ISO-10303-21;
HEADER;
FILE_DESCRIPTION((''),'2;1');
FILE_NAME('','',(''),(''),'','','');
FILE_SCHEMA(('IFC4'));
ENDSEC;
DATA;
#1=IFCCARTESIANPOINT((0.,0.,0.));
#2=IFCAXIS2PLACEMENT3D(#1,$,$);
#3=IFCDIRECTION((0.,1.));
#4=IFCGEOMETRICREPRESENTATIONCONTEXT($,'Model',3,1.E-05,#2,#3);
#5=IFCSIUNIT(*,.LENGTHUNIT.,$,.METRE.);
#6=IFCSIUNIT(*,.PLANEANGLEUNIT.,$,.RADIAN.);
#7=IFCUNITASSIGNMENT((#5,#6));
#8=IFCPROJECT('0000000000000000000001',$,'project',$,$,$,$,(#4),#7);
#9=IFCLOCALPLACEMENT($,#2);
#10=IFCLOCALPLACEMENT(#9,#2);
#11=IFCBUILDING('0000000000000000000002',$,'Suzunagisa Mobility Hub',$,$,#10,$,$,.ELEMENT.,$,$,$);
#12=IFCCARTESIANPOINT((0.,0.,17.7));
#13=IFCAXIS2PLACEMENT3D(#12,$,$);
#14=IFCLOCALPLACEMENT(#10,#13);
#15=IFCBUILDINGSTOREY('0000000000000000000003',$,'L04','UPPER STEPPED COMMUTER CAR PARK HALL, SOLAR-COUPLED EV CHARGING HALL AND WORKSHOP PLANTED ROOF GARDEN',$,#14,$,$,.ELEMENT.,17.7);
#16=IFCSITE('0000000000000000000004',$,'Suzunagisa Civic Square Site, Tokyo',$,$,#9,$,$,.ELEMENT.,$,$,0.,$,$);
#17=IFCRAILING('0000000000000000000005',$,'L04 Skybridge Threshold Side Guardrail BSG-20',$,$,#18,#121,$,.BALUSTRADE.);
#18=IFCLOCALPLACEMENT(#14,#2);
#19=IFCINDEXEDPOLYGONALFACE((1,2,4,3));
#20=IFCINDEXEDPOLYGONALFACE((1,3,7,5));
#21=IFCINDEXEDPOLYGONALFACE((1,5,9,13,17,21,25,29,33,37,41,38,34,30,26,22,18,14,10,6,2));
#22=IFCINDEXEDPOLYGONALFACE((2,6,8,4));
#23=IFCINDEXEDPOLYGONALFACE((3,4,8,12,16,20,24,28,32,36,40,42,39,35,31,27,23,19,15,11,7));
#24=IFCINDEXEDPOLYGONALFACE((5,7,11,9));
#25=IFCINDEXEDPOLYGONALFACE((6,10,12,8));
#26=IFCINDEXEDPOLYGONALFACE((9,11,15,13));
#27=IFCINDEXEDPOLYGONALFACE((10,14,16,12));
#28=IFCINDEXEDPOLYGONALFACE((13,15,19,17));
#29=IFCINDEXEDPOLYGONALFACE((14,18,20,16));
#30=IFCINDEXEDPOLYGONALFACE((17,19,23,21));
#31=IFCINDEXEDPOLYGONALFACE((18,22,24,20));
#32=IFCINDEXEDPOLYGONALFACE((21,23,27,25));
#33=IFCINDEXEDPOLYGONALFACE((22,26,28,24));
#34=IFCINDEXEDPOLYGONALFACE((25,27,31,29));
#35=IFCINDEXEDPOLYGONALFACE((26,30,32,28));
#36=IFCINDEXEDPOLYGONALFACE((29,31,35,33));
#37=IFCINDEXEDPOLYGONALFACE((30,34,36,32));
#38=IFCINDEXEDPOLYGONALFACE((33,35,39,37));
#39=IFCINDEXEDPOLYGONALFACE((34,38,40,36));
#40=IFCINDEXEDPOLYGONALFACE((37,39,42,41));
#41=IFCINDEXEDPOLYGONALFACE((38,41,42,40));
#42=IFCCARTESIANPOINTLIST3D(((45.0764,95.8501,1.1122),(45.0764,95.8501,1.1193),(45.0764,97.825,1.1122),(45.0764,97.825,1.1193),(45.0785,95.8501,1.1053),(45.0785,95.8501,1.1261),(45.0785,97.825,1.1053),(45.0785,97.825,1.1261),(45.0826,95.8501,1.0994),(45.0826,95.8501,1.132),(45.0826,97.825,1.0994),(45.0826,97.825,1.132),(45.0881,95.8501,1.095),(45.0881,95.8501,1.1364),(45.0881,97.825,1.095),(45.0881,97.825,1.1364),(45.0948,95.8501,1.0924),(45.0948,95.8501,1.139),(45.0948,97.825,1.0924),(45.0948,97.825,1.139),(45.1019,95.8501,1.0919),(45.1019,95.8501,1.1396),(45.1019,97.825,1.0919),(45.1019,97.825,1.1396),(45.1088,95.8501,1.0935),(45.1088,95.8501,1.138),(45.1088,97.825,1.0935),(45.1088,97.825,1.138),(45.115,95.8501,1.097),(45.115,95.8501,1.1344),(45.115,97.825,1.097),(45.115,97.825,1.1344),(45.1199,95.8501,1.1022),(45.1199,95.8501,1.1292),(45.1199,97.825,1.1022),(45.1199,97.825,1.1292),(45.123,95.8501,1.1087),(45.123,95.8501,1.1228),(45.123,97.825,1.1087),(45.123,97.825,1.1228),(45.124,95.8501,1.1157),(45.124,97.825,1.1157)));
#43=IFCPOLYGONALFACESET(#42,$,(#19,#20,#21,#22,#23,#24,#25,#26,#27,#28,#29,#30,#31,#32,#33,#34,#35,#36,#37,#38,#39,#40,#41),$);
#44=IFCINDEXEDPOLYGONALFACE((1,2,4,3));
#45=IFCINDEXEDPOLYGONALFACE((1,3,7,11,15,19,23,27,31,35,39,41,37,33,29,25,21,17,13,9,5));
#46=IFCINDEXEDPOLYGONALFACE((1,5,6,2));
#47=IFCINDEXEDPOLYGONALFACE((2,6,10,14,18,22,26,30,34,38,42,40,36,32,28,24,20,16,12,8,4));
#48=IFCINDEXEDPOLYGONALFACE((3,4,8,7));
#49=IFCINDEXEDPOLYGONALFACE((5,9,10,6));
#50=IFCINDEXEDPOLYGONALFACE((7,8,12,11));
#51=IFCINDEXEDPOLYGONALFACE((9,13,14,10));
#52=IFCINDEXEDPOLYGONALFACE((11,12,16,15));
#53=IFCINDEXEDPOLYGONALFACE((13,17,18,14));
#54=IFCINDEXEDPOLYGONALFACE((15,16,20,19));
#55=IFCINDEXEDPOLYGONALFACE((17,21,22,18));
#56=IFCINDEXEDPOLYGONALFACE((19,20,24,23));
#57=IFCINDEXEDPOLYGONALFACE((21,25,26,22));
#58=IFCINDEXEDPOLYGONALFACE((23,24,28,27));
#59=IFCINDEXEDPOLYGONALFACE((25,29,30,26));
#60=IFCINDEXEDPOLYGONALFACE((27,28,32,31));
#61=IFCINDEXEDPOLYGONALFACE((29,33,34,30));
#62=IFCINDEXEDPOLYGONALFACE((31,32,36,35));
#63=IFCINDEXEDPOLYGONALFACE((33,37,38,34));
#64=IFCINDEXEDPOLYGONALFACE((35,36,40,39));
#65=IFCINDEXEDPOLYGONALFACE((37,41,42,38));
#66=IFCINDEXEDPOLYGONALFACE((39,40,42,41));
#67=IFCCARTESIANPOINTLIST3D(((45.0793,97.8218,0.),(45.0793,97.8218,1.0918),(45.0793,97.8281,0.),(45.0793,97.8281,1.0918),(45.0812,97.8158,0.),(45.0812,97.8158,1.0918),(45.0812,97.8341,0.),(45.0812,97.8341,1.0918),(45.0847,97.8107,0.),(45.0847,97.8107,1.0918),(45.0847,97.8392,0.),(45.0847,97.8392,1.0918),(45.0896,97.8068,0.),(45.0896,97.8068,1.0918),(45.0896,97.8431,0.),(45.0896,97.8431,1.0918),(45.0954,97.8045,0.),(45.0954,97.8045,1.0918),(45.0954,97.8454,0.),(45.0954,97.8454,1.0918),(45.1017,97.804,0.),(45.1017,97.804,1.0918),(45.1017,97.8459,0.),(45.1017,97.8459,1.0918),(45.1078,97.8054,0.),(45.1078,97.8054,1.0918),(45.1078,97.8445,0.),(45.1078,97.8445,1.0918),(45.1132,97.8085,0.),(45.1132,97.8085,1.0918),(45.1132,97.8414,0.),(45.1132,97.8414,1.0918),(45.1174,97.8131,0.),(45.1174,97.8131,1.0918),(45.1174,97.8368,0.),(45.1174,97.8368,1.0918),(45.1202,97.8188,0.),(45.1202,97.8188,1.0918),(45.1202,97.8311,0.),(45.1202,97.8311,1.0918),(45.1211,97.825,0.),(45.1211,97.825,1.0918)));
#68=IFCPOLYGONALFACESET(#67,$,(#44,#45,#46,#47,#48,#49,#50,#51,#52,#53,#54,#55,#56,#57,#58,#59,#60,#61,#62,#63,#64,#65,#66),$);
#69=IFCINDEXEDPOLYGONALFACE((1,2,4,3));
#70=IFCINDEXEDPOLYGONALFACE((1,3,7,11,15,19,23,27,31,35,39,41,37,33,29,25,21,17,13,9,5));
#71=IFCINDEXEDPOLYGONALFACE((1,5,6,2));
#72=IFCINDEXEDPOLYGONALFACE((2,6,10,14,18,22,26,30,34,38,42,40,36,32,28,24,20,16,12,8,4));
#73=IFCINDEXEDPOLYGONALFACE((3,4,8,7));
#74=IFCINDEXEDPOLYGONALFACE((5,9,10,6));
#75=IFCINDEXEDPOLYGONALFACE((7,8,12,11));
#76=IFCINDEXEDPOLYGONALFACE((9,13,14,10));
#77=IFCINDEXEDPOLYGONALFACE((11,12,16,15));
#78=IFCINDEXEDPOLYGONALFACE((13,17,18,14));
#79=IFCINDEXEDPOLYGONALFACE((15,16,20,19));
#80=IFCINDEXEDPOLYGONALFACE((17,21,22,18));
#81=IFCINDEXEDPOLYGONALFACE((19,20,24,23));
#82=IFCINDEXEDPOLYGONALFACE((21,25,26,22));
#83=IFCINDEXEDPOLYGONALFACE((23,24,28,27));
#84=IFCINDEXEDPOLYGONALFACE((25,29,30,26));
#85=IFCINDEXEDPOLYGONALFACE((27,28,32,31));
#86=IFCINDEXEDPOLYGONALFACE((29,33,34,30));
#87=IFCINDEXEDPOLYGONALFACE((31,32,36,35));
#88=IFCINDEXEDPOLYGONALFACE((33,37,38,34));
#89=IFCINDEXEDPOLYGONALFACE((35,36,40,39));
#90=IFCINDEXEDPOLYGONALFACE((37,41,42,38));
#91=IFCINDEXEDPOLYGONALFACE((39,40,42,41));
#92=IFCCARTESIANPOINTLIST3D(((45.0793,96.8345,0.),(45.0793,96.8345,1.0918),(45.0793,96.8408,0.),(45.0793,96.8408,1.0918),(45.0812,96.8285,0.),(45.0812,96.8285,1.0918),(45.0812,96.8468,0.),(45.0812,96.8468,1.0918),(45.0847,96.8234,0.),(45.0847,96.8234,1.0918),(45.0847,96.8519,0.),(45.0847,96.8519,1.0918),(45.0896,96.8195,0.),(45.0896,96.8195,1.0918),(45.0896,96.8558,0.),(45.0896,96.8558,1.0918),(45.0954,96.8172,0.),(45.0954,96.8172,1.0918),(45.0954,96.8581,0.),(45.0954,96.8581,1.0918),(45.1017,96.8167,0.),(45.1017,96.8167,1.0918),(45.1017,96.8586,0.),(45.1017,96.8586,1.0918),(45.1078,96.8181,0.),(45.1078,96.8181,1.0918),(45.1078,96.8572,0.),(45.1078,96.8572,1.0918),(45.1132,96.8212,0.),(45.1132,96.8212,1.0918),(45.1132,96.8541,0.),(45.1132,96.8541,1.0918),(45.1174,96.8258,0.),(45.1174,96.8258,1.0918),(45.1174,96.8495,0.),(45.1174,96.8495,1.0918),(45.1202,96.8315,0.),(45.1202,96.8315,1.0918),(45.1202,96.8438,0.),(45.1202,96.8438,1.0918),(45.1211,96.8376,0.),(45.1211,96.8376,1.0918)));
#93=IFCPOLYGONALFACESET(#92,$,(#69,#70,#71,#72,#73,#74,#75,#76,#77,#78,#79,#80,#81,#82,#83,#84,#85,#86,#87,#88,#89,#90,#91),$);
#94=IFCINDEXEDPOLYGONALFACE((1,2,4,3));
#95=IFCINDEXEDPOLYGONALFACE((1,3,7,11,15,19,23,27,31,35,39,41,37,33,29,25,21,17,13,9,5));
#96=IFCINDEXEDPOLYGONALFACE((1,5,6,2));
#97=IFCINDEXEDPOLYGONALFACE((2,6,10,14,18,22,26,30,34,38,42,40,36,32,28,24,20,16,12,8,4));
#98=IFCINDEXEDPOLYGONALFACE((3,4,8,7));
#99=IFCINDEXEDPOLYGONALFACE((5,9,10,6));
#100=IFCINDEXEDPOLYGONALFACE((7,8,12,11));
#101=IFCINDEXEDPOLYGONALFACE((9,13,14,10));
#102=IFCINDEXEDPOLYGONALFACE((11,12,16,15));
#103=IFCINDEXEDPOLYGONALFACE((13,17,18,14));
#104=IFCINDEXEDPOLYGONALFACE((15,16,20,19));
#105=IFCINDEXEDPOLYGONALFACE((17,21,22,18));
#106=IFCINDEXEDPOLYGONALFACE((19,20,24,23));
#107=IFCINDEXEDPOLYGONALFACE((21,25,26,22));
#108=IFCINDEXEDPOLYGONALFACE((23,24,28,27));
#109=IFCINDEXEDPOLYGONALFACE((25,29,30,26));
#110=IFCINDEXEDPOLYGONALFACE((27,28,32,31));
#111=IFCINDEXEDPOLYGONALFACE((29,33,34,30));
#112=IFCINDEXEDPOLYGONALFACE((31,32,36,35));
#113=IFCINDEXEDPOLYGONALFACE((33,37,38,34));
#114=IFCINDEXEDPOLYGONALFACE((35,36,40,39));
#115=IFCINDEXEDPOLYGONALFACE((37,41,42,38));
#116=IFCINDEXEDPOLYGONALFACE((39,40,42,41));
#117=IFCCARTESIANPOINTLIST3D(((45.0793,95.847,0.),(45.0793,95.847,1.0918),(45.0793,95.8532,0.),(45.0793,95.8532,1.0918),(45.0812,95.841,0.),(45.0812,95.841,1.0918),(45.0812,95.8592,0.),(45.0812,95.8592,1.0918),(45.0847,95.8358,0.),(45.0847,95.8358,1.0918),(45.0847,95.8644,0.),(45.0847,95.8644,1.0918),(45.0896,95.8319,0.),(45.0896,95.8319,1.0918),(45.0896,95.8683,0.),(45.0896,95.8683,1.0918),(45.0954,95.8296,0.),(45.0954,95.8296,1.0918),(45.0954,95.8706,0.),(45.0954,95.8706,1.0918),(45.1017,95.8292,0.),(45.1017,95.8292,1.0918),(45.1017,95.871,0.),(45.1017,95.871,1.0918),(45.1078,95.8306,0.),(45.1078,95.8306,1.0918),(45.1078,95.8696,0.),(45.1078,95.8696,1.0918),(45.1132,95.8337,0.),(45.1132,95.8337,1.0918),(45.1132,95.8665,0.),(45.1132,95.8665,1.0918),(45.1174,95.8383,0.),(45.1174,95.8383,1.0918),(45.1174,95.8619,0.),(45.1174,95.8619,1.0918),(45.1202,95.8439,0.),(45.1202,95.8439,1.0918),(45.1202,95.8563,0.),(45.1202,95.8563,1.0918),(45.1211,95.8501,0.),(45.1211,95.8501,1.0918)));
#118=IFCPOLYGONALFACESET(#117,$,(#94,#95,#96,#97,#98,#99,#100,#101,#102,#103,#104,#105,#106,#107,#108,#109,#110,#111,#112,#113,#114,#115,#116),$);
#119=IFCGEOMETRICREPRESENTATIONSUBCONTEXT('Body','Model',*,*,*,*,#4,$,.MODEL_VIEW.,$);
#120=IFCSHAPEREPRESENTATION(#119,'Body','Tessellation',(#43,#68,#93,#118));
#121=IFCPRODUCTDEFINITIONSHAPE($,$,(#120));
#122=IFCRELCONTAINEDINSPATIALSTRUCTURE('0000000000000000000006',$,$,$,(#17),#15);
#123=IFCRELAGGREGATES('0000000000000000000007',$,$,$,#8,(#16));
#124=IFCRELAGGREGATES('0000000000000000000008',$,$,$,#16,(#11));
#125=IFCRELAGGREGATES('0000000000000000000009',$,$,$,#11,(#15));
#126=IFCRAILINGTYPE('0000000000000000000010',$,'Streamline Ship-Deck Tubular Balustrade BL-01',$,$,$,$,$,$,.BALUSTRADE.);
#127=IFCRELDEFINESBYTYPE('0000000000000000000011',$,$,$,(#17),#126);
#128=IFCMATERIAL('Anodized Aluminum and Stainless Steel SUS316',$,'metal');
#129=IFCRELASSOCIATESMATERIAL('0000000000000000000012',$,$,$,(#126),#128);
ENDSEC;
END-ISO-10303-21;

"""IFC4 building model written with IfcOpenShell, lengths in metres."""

from ifc_helpers import new_model, si_unit, direction, frame, origin, origin_2d, place, context, subcontext, project, spatial, circle, extrude, material, type_object, element, save


model = new_model("IFC4")

# Units and contexts
model_context = context("Model", 3, precision=1e-05, world=origin(), true_north=direction((0.0, 1.0)))
body_context = subcontext(model_context, "Body", "Model", "MODEL_VIEW")
ifc_project = project(units=[si_unit("LENGTHUNIT", "METRE"), si_unit("PLANEANGLEUNIT", "RADIAN")], contexts=[model_context])

# Site, building, storey
site_placement = place(None, origin())
site = spatial("IfcSite", under=ifc_project, at=site_placement, Name="Suzunagisa Civic Square Site, Tokyo", CompositionType="ELEMENT", RefElevation=0.0)
building_placement = place(site_placement, origin())
building = spatial("IfcBuilding", under=site, at=building_placement, Name="Suzunagisa Mobility Hub", CompositionType="ELEMENT")
storey_placement = place(building_placement, frame((0.0, 0.0, 17.7)))
storey = spatial("IfcBuildingStorey", under=building, at=storey_placement, Name="L04", Description="UPPER STEPPED COMMUTER CAR PARK HALL, SOLAR-COUPLED EV CHARGING HALL AND WORKSHOP PLANTED ROOF GARDEN", CompositionType="ELEMENT", Elevation=17.7)

# Railing
ifc_material_1 = material(Name="Anodized Aluminum and Stainless Steel SUS316", Category="metal")
railing_type = type_object("IfcRailingType", Name="Streamline Ship-Deck Tubular Balustrade BL-01", PredefinedType="BALUSTRADE", material=ifc_material_1)
railing_1_placement = place(storey_placement, frame((45.1001, 97.825, 0.0)))
element("IfcRailing", 1, at=railing_1_placement, inside=storey, type_object=railing_type, Name="L04 Skybridge Threshold Side Guardrail BSG-20", PredefinedType="BALUSTRADE", context=body_context, shape_type="SweptSolid", body=[
    extrude(circle(Radius=0.0239, at=origin_2d()), frame((0.0, 0.0, 1.1157), z_axis=(0.0, -1.0, 0.0), x_axis=(1.0, 0.0, 0.0)), (0.0, 0.0, 1.0), 1.9749),
    extrude(circle(Radius=0.021, at=origin_2d()), origin(), (0.0, 0.0, 1.0), 1.0918),
    extrude(circle(Radius=0.021, at=origin_2d()), frame((0.0, -0.9873, 0.0)), (0.0, 0.0, 1.0), 1.0918),
    extrude(circle(Radius=0.021, at=origin_2d()), frame((0.0, -1.9749, 0.0)), (0.0, 0.0, 1.0), 1.0918),
])

save(model, "model.ifc")
